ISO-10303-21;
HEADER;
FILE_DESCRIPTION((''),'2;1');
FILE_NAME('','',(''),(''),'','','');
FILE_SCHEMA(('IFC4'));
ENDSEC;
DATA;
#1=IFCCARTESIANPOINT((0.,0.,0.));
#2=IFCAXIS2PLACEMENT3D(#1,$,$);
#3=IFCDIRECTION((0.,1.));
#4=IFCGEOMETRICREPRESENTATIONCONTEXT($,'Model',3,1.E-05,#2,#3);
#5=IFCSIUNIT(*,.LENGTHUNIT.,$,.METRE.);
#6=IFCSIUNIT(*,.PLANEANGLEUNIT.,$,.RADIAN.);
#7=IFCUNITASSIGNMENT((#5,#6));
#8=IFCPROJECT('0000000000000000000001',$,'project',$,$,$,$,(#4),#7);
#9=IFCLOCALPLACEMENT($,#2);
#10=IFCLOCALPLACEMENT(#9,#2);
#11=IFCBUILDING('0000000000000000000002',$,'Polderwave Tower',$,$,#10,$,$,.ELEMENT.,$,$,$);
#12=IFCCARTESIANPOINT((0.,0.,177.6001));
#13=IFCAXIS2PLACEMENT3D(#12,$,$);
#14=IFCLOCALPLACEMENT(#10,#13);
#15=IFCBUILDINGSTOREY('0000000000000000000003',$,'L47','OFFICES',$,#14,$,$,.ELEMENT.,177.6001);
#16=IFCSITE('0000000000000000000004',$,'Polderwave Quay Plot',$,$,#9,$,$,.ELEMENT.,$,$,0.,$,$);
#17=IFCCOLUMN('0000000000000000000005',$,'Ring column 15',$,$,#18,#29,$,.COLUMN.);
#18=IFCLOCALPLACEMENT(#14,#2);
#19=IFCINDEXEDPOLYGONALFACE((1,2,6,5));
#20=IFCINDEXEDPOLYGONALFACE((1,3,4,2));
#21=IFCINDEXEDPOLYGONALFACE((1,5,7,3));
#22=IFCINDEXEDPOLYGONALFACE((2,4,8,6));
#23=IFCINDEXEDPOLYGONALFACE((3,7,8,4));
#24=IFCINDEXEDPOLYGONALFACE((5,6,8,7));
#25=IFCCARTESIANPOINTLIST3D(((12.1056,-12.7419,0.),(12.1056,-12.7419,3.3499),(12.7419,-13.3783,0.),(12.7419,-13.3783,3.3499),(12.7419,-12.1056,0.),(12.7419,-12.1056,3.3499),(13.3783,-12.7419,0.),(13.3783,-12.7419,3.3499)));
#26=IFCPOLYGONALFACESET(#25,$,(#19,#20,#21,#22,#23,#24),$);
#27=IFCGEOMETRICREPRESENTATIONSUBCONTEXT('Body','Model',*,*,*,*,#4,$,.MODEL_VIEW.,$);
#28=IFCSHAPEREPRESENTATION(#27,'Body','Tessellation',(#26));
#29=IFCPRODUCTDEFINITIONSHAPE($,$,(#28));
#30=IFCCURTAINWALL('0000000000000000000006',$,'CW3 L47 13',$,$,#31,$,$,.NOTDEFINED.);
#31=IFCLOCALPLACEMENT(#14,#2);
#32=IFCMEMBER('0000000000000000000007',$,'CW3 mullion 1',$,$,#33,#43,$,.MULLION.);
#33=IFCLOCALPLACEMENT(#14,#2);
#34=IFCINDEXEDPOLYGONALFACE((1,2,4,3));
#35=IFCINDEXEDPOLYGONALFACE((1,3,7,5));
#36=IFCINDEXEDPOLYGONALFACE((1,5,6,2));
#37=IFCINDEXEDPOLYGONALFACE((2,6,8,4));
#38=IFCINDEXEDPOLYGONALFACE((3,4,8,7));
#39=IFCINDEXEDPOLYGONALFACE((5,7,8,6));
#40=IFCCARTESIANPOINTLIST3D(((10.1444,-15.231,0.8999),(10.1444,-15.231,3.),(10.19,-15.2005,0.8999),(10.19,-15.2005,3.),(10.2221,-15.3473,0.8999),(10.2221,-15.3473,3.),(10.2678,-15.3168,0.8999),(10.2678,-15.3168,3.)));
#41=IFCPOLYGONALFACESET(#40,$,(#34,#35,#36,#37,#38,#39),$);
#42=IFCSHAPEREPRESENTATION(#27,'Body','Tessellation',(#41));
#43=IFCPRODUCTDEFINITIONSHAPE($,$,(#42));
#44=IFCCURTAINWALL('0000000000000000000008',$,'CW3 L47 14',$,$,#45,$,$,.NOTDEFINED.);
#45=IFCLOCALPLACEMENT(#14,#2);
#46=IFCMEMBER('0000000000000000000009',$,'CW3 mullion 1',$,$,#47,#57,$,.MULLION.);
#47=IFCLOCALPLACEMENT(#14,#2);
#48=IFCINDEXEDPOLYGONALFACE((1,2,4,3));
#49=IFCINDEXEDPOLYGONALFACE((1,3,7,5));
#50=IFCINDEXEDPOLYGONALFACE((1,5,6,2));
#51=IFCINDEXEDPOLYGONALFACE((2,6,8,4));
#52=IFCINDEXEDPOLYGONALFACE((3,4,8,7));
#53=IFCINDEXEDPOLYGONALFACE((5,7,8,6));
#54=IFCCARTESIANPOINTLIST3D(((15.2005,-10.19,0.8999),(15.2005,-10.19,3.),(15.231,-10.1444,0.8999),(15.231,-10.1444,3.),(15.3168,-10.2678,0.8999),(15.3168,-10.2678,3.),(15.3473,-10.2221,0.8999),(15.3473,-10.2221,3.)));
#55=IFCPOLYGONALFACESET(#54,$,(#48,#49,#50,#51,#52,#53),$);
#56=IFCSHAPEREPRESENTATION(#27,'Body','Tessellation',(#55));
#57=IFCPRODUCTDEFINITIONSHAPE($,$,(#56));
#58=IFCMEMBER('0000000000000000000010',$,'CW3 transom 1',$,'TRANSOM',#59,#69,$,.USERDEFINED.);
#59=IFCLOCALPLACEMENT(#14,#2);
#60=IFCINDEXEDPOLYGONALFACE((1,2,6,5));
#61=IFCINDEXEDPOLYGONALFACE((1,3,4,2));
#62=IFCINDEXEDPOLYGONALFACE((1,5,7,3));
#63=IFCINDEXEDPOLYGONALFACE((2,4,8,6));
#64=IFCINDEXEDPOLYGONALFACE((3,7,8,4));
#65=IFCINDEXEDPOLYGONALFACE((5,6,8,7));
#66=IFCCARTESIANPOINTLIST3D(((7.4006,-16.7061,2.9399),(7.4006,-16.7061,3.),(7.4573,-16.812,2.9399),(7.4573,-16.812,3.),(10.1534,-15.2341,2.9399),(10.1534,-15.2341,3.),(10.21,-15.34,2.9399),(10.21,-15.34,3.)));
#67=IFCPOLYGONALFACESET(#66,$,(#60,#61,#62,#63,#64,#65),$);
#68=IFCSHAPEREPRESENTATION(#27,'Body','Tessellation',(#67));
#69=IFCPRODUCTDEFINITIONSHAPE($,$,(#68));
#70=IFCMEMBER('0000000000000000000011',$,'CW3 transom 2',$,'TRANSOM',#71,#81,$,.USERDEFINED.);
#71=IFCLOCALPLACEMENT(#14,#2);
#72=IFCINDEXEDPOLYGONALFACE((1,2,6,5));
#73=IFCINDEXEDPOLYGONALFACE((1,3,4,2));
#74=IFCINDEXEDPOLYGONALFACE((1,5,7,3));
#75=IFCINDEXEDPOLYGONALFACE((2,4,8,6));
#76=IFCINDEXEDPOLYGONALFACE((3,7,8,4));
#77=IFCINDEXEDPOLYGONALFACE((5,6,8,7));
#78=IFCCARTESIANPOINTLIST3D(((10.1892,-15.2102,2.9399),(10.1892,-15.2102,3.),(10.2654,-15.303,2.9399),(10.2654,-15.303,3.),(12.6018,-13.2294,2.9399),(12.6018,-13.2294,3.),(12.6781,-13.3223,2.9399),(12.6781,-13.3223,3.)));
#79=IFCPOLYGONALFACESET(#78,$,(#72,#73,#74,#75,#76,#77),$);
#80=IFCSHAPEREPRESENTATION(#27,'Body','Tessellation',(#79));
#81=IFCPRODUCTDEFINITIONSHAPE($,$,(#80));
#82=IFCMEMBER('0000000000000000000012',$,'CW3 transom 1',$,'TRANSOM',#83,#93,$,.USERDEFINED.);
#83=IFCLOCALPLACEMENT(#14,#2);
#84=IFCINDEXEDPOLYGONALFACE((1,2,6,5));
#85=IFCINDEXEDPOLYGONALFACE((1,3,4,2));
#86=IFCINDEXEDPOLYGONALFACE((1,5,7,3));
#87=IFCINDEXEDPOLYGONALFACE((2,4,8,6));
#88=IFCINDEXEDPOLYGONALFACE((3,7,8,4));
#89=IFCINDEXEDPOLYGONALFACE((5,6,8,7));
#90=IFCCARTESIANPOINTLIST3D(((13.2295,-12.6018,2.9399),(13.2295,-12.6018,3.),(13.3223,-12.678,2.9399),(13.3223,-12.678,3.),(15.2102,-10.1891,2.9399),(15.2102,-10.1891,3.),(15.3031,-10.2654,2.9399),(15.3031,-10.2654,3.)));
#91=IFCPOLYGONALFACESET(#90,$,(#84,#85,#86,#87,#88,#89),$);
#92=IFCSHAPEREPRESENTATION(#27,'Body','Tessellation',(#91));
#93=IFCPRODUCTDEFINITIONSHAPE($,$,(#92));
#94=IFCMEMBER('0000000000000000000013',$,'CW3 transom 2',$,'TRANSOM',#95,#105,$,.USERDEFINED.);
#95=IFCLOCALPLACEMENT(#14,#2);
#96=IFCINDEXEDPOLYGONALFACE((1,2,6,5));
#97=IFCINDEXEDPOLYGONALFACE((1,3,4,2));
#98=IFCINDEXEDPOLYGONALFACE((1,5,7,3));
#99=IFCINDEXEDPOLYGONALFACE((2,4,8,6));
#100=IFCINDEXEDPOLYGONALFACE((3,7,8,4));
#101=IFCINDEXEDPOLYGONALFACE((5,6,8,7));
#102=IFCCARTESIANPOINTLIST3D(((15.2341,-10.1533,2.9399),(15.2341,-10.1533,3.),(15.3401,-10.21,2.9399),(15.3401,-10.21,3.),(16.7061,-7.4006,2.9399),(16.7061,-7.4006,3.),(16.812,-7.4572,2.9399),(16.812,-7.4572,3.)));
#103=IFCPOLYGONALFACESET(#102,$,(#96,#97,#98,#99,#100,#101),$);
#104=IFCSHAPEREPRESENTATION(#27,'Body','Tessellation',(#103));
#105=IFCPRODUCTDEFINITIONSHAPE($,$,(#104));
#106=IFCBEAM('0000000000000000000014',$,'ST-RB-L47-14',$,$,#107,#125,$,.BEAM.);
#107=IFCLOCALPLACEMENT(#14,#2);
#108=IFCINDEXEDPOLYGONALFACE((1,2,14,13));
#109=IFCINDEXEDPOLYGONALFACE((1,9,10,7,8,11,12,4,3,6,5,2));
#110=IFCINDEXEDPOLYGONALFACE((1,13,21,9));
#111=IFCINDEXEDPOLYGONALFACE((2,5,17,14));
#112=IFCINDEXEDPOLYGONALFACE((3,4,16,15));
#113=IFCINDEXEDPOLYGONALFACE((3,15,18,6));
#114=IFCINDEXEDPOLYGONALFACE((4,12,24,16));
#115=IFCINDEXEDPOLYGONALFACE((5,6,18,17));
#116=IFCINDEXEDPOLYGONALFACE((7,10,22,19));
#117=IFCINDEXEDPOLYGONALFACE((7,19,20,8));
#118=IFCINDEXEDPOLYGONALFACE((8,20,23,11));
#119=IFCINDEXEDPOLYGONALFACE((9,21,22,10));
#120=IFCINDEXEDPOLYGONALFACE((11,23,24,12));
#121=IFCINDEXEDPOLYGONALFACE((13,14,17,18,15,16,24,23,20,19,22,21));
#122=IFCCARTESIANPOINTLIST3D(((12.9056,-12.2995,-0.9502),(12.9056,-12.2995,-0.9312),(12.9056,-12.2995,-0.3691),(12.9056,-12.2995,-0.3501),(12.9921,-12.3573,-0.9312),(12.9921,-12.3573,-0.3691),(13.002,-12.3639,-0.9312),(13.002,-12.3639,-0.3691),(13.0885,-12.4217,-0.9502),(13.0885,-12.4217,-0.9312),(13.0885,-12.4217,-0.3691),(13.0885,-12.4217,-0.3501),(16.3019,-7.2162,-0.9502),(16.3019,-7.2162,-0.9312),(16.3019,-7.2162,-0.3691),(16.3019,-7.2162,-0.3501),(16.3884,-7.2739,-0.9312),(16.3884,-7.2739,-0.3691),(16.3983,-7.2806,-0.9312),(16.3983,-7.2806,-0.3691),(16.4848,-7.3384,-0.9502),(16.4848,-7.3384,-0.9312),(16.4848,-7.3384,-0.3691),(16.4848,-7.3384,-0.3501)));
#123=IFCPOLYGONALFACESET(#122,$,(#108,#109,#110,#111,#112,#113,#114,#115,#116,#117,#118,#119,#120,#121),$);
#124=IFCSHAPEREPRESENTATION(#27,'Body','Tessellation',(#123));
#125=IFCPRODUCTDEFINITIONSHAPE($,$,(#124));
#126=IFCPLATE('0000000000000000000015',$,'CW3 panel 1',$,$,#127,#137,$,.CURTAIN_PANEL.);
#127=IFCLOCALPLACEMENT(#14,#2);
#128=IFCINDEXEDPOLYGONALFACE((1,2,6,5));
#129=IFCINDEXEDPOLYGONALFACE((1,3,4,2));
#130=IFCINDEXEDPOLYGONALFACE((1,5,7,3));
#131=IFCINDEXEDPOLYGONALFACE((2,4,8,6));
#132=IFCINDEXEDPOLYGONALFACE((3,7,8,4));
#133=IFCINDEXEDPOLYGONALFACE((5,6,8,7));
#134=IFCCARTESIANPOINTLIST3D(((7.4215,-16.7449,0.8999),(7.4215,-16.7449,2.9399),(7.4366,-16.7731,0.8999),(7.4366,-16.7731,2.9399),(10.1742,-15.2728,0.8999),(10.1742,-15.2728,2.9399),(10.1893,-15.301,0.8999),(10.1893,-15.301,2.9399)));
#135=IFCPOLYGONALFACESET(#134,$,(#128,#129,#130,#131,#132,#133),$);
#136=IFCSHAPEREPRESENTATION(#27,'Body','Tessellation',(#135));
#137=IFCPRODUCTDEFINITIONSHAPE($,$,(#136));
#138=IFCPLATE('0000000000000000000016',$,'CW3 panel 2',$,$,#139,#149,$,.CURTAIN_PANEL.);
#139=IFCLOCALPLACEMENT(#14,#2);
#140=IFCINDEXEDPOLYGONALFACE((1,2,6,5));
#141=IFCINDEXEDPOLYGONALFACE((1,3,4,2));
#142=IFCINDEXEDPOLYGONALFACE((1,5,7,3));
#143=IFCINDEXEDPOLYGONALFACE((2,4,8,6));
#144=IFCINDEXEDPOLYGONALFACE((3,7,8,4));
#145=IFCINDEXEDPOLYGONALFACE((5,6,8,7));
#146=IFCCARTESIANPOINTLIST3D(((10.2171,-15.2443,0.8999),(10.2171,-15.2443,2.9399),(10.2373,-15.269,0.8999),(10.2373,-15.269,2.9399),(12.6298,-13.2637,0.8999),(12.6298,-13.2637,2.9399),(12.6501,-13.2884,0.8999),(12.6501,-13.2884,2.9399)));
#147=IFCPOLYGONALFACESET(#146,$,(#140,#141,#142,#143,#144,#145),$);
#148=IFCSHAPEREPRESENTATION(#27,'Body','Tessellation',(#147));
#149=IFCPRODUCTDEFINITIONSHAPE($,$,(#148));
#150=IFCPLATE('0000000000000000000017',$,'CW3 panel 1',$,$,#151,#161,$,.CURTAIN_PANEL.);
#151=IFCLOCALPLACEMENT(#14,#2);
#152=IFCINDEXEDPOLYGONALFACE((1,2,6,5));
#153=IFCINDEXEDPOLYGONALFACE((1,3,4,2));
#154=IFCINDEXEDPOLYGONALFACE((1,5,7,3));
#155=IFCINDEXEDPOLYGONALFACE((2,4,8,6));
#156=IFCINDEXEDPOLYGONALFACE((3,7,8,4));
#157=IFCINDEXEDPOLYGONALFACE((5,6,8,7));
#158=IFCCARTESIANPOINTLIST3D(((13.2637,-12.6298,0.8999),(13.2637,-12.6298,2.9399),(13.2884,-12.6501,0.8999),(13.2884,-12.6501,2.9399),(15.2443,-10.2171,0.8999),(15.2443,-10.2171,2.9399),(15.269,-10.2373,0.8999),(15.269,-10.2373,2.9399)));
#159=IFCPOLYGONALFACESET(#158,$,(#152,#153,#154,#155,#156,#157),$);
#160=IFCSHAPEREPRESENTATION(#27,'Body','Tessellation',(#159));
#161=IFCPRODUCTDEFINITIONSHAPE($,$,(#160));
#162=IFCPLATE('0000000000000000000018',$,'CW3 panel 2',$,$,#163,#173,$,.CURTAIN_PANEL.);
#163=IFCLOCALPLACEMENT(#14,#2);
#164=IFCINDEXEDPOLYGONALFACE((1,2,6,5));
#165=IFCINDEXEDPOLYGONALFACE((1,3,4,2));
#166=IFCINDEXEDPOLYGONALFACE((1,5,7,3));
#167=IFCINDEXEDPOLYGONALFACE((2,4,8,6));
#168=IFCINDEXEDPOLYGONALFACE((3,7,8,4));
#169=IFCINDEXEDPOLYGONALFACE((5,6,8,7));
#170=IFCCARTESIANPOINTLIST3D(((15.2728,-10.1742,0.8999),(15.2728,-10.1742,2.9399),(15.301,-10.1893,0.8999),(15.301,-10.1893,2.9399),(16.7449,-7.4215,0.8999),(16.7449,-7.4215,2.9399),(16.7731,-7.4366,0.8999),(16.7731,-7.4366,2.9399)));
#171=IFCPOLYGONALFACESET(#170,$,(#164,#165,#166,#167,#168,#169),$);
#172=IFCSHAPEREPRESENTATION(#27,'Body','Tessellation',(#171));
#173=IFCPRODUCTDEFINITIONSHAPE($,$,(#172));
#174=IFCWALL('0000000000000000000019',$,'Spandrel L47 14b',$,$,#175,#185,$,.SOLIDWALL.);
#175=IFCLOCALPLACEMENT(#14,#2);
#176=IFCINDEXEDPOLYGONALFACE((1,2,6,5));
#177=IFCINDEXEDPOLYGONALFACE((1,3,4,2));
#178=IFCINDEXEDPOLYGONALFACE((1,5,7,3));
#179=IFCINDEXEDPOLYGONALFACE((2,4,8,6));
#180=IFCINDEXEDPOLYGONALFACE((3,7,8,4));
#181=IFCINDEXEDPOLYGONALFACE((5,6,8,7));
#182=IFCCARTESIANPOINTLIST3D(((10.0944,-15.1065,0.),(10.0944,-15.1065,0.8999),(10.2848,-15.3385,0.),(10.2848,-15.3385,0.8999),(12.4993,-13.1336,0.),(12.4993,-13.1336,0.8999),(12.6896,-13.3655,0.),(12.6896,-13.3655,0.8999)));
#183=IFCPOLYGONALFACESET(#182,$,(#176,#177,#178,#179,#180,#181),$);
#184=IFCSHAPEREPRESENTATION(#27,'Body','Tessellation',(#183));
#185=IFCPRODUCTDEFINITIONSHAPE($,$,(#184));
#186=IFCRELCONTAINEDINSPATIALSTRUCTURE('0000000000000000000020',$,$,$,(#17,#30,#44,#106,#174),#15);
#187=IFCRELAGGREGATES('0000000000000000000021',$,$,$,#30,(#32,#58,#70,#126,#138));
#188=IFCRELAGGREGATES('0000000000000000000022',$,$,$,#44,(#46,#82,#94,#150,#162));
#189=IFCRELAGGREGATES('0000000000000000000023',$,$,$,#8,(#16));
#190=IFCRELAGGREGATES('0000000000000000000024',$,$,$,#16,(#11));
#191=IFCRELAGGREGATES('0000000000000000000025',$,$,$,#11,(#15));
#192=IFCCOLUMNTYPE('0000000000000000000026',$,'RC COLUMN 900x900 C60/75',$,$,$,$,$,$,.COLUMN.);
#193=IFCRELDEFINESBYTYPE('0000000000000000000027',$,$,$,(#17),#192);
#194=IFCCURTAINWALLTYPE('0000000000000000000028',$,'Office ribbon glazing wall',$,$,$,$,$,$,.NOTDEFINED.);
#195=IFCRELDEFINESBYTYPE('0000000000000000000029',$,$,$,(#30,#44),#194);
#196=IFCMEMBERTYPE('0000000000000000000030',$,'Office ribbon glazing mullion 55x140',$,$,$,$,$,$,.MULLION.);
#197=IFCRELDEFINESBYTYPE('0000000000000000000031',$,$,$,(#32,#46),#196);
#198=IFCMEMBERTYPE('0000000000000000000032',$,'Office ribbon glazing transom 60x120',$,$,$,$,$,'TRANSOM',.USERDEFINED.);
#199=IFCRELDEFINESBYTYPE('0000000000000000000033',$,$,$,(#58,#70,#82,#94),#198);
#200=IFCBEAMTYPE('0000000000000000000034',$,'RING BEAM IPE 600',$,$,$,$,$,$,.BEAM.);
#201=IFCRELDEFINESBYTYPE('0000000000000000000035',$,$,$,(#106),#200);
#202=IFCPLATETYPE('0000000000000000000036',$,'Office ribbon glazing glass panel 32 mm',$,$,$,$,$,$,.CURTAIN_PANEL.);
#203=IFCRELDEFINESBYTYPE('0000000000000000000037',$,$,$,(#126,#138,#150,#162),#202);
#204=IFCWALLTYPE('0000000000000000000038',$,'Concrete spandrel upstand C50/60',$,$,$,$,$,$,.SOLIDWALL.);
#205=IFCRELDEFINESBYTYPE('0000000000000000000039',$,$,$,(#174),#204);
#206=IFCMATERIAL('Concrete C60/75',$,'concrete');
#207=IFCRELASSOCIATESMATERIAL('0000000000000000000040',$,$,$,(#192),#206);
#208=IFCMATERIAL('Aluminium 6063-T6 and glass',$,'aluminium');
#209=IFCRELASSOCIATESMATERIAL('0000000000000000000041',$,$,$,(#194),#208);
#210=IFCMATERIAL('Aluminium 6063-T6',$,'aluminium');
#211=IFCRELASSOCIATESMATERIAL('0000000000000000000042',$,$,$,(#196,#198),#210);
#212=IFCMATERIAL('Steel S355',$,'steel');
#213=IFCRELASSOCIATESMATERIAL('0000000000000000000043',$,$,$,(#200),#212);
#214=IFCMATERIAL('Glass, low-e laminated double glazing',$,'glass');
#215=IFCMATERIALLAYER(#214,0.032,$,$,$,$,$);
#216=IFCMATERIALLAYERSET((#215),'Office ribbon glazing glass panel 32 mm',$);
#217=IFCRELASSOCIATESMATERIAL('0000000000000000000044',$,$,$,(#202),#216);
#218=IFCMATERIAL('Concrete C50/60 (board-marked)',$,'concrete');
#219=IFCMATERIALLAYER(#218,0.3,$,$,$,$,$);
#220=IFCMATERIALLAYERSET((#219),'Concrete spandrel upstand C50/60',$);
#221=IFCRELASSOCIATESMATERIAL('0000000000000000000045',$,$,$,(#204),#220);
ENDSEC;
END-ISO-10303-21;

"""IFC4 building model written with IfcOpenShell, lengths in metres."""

from ifc_helpers import new_model, si_unit, direction, frame, frame_2d, origin, origin_2d, place, context, subcontext, project, spatial, rectangle, i_section, extrude, material, layer, layer_set, material_profile, profile_set, type_object, element, aggregate, save


model = new_model("IFC4")

# Units and contexts
model_context = context("Model", 3, precision=1e-05, world=origin(), true_north=direction((0.0, 1.0)))
body_context = subcontext(model_context, "Body", "Model", "MODEL_VIEW")
ifc_project = project(units=[si_unit("LENGTHUNIT", "METRE"), si_unit("PLANEANGLEUNIT", "RADIAN")], contexts=[model_context])

# Site, building, storey
site_placement = place(None, origin())
site = spatial("IfcSite", under=ifc_project, at=site_placement, Name="Polderwave Quay Plot", CompositionType="ELEMENT", RefElevation=0.0)
building_placement = place(site_placement, origin())
building = spatial("IfcBuilding", under=site, at=building_placement, Name="Polderwave Tower", CompositionType="ELEMENT")
storey_placement = place(building_placement, frame((0.0, 0.0, 177.6001)))
storey = spatial("IfcBuildingStorey", under=building, at=storey_placement, Name="L47", Description="OFFICES", CompositionType="ELEMENT", Elevation=177.6001)

# Column
ifc_material_1 = material(Name="Concrete C60/75", Category="concrete")
ifc_material_profile_1 = material_profile(ifc_material_1, rectangle(XDim=0.8999, YDim=0.8999, at=origin_2d()), Name="RC 900x900")
ifc_profile_set_1 = profile_set([ifc_material_profile_1], Name="Concrete C60/75")
column_type = type_object("IfcColumnType", Name="RC COLUMN 900x900 C60/75", PredefinedType="COLUMN", material=ifc_profile_set_1)
column_placement = place(storey_placement, frame((12.7419, -12.7419, 0.0), z_axis=(0.0, 0.0, 1.0), x_axis=(0.707107, -0.707107, 0.0)))
element("IfcColumn", 1, at=column_placement, inside=storey, type_object=column_type, Name="Ring column 15", PredefinedType="COLUMN", context=body_context, shape_type="SweptSolid", body=[
    extrude(rectangle(XDim=0.8999, YDim=0.8999, at=origin_2d()), origin(), (0.0, 0.0, 1.0), 3.3499),
])

# Curtain walls, members
ifc_material_2 = material(Name="Aluminium 6063-T6 and glass", Category="aluminium")
curtain_wall_type = type_object("IfcCurtainWallType", Name="Office ribbon glazing wall", PredefinedType="NOTDEFINED", material=ifc_material_2)
curtain_wall_1_placement = place(storey_placement, origin())
curtain_wall_1 = element("IfcCurtainWall", 2, at=curtain_wall_1_placement, inside=storey, type_object=curtain_wall_type, Name="CW3 L47 13", PredefinedType="NOTDEFINED")
ifc_material_3 = material(Name="Aluminium 6063-T6", Category="aluminium")
ifc_material_profile_2 = material_profile(ifc_material_3, rectangle(XDim=0.1399, YDim=0.0549, at=origin_2d()), Name="AL 55x140")
ifc_profile_set_2 = profile_set([ifc_material_profile_2], Name="Aluminium 6063-T6")
member_type_1 = type_object("IfcMemberType", Name="Office ribbon glazing mullion 55x140", PredefinedType="MULLION", material=ifc_profile_set_2)
member_1_placement = place(storey_placement, frame((10.2061, -15.2739, 0.8999), z_axis=(0.0, 0.0, 1.0), x_axis=(-0.555695, 0.831386, 0.0)))
member_1 = element("IfcMember", 3, at=member_1_placement, type_object=member_type_1, Name="CW3 mullion 1", PredefinedType="MULLION", context=body_context, shape_type="SweptSolid", body=[
    extrude(rectangle(XDim=0.1399, YDim=0.0549, at=origin_2d()), origin(), (0.0, 0.0, 1.0), 2.1001),
])
curtain_wall_2_placement = place(storey_placement, origin())
curtain_wall_2 = element("IfcCurtainWall", 4, at=curtain_wall_2_placement, inside=storey, type_object=curtain_wall_type, Name="CW3 L47 14", PredefinedType="NOTDEFINED")
member_2_placement = place(storey_placement, frame((15.2739, -10.2061, 0.8999), z_axis=(0.0, 0.0, 1.0), x_axis=(-0.831386, 0.555695, 0.0)))
member_2 = element("IfcMember", 5, at=member_2_placement, type_object=member_type_1, Name="CW3 mullion 1", PredefinedType="MULLION", context=body_context, shape_type="SweptSolid", body=[
    extrude(rectangle(XDim=0.1399, YDim=0.0549, at=origin_2d()), origin(), (0.0, 0.0, 1.0), 2.1001),
])

# Members
ifc_material_profile_3 = material_profile(ifc_material_3, rectangle(XDim=0.1201, YDim=0.0601, at=origin_2d()), Name="AL 60x120")
ifc_profile_set_3 = profile_set([ifc_material_profile_3], Name="Aluminium 6063-T6")
member_type_2 = type_object("IfcMemberType", Name="Office ribbon glazing transom 60x120", ElementType="TRANSOM", PredefinedType="USERDEFINED", material=ifc_profile_set_3)
member_3_placement = place(storey_placement, frame((7.429, -16.759, 2.97), z_axis=(0.881844, 0.471542, 0.0), x_axis=(-0.471542, 0.881844, 0.0)))
member_3 = element("IfcMember", 6, at=member_3_placement, type_object=member_type_2, Name="CW3 transom 1", ObjectType="TRANSOM", PredefinedType="USERDEFINED", context=body_context, shape_type="SweptSolid", body=[
    extrude(rectangle(XDim=0.1201, YDim=0.0601, at=origin_2d()), origin(), (0.0, 0.0, 1.0), 3.1216),
])
member_4_placement = place(storey_placement, frame((10.2273, -15.2566, 2.97), z_axis=(0.772893, 0.634536, 0.0), x_axis=(-0.634536, 0.772893, 0.0)))
member_4 = element("IfcMember", 7, at=member_4_placement, type_object=member_type_2, Name="CW3 transom 2", ObjectType="TRANSOM", PredefinedType="USERDEFINED", context=body_context, shape_type="SweptSolid", body=[
    extrude(rectangle(XDim=0.1201, YDim=0.0601, at=origin_2d()), origin(), (0.0, 0.0, 1.0), 3.1216),
])
member_5_placement = place(storey_placement, frame((13.2759, -12.6399, 2.97), z_axis=(0.634536, 0.772893, 0.0), x_axis=(-0.772893, 0.634536, 0.0)))
member_5 = element("IfcMember", 8, at=member_5_placement, type_object=member_type_2, Name="CW3 transom 1", ObjectType="TRANSOM", PredefinedType="USERDEFINED", context=body_context, shape_type="SweptSolid", body=[
    extrude(rectangle(XDim=0.1201, YDim=0.0601, at=origin_2d()), origin(), (0.0, 0.0, 1.0), 3.1216),
])
member_6_placement = place(storey_placement, frame((15.2871, -10.1816, 2.97), z_axis=(0.471542, 0.881844, 0.0), x_axis=(-0.881844, 0.471542, 0.0)))
member_6 = element("IfcMember", 9, at=member_6_placement, type_object=member_type_2, Name="CW3 transom 2", ObjectType="TRANSOM", PredefinedType="USERDEFINED", context=body_context, shape_type="SweptSolid", body=[
    extrude(rectangle(XDim=0.1201, YDim=0.0601, at=origin_2d()), origin(), (0.0, 0.0, 1.0), 3.1216),
])

# Beam
ifc_material_4 = material(Name="Steel S355", Category="steel")
ifc_material_profile_4 = material_profile(ifc_material_4, i_section(OverallWidth=0.22, OverallDepth=0.6001, WebThickness=0.012, FlangeThickness=0.019, at=origin_2d()), Name="IPE 600")
ifc_profile_set_4 = profile_set([ifc_material_profile_4], Name="Steel S355")
beam_type = type_object("IfcBeamType", Name="RING BEAM IPE 600", PredefinedType="BEAM", material=ifc_profile_set_4)
beam_placement = place(storey_placement, frame((12.9971, -12.3606, -0.6501), z_axis=(0.555539, 0.831491, 0.0), x_axis=(-0.831491, 0.555539, 0.0)))
element("IfcBeam", 10, at=beam_placement, inside=storey, type_object=beam_type, Name="ST-RB-L47-14", PredefinedType="BEAM", context=body_context, shape_type="SweptSolid", body=[
    extrude(i_section(OverallWidth=0.22, OverallDepth=0.6001, WebThickness=0.012, FlangeThickness=0.019, at=origin_2d()), origin(), (0.0, 0.0, 1.0), 6.1135),
])

# Plates
ifc_material_5 = material(Name="Glass, low-e laminated double glazing", Category="glass")
ifc_layer_1 = layer(ifc_material_5, 0.032)
ifc_layer_set_1 = layer_set([ifc_layer_1], Name="Office ribbon glazing glass panel 32 mm")
plate_type = type_object("IfcPlateType", Name="Office ribbon glazing glass panel 32 mm", PredefinedType="CURTAIN_PANEL", material=ifc_layer_set_1)
plate_1_placement = place(storey_placement, frame((8.8054, -16.0229, 0.8999), z_axis=(0.0, 0.0, 1.0), x_axis=(0.881834, 0.47156, 0.0)))
plate_1 = element("IfcPlate", 11, at=plate_1_placement, type_object=plate_type, Name="CW3 panel 1", PredefinedType="CURTAIN_PANEL", context=body_context, shape_type="SweptSolid", body=[
    extrude(rectangle(XDim=3.1216, YDim=0.032, at=origin_2d()), origin(), (0.0, 0.0, 1.0), 2.04),
])
plate_2_placement = place(storey_placement, frame((11.4336, -14.2664, 0.8999), z_axis=(0.0, 0.0, 1.0), x_axis=(0.772937, 0.634482, 0.0)))
plate_2 = element("IfcPlate", 12, at=plate_2_placement, type_object=plate_type, Name="CW3 panel 2", PredefinedType="CURTAIN_PANEL", context=body_context, shape_type="SweptSolid", body=[
    extrude(rectangle(XDim=3.1216, YDim=0.032, at=origin_2d()), origin(), (0.0, 0.0, 1.0), 2.04),
])
aggregate(curtain_wall_1, [member_1, member_3, member_4, plate_1, plate_2])
plate_3_placement = place(storey_placement, frame((14.2664, -11.4336, 0.8999), z_axis=(0.0, 0.0, 1.0), x_axis=(0.634482, 0.772937, 0.0)))
plate_3 = element("IfcPlate", 13, at=plate_3_placement, type_object=plate_type, Name="CW3 panel 1", PredefinedType="CURTAIN_PANEL", context=body_context, shape_type="SweptSolid", body=[
    extrude(rectangle(XDim=3.1216, YDim=0.032, at=origin_2d()), origin(), (0.0, 0.0, 1.0), 2.04),
])
plate_4_placement = place(storey_placement, frame((16.0229, -8.8054, 0.8999), z_axis=(0.0, 0.0, 1.0), x_axis=(0.47156, 0.881834, 0.0)))
plate_4 = element("IfcPlate", 14, at=plate_4_placement, type_object=plate_type, Name="CW3 panel 2", PredefinedType="CURTAIN_PANEL", context=body_context, shape_type="SweptSolid", body=[
    extrude(rectangle(XDim=3.1216, YDim=0.032, at=origin_2d()), origin(), (0.0, 0.0, 1.0), 2.04),
])
aggregate(curtain_wall_2, [member_2, member_5, member_6, plate_3, plate_4])

# Wall
ifc_material_6 = material(Name="Concrete C50/60 (board-marked)", Category="concrete")
ifc_layer_2 = layer(ifc_material_6, 0.3)
ifc_layer_set_2 = layer_set([ifc_layer_2], Name="Concrete spandrel upstand C50/60")
wall_type_1 = type_object("IfcWallType", Name="Concrete spandrel upstand C50/60", PredefinedType="SOLIDWALL", material=ifc_layer_set_2)
for number, where, z_axis, x_axis, name in (
    (15, (10.1897, -15.2224, 0.0), (0.0, 0.0, 1.0), (0.773114, 0.634267, 0.0), "Spandrel L47 14b"),
):
    element("IfcWall", number, at=place(storey_placement, frame(where, z_axis=z_axis, x_axis=x_axis)), inside=storey, type_object=wall_type_1, Name=name, PredefinedType="SOLIDWALL", context=body_context, shape_type="SweptSolid", body=[
        extrude(rectangle(XDim=3.1106, YDim=0.3, at=frame_2d((1.5552, 0.0))), origin(), (0.0, 0.0, 1.0), 0.8999),
    ])

save(model, "model.ifc")
